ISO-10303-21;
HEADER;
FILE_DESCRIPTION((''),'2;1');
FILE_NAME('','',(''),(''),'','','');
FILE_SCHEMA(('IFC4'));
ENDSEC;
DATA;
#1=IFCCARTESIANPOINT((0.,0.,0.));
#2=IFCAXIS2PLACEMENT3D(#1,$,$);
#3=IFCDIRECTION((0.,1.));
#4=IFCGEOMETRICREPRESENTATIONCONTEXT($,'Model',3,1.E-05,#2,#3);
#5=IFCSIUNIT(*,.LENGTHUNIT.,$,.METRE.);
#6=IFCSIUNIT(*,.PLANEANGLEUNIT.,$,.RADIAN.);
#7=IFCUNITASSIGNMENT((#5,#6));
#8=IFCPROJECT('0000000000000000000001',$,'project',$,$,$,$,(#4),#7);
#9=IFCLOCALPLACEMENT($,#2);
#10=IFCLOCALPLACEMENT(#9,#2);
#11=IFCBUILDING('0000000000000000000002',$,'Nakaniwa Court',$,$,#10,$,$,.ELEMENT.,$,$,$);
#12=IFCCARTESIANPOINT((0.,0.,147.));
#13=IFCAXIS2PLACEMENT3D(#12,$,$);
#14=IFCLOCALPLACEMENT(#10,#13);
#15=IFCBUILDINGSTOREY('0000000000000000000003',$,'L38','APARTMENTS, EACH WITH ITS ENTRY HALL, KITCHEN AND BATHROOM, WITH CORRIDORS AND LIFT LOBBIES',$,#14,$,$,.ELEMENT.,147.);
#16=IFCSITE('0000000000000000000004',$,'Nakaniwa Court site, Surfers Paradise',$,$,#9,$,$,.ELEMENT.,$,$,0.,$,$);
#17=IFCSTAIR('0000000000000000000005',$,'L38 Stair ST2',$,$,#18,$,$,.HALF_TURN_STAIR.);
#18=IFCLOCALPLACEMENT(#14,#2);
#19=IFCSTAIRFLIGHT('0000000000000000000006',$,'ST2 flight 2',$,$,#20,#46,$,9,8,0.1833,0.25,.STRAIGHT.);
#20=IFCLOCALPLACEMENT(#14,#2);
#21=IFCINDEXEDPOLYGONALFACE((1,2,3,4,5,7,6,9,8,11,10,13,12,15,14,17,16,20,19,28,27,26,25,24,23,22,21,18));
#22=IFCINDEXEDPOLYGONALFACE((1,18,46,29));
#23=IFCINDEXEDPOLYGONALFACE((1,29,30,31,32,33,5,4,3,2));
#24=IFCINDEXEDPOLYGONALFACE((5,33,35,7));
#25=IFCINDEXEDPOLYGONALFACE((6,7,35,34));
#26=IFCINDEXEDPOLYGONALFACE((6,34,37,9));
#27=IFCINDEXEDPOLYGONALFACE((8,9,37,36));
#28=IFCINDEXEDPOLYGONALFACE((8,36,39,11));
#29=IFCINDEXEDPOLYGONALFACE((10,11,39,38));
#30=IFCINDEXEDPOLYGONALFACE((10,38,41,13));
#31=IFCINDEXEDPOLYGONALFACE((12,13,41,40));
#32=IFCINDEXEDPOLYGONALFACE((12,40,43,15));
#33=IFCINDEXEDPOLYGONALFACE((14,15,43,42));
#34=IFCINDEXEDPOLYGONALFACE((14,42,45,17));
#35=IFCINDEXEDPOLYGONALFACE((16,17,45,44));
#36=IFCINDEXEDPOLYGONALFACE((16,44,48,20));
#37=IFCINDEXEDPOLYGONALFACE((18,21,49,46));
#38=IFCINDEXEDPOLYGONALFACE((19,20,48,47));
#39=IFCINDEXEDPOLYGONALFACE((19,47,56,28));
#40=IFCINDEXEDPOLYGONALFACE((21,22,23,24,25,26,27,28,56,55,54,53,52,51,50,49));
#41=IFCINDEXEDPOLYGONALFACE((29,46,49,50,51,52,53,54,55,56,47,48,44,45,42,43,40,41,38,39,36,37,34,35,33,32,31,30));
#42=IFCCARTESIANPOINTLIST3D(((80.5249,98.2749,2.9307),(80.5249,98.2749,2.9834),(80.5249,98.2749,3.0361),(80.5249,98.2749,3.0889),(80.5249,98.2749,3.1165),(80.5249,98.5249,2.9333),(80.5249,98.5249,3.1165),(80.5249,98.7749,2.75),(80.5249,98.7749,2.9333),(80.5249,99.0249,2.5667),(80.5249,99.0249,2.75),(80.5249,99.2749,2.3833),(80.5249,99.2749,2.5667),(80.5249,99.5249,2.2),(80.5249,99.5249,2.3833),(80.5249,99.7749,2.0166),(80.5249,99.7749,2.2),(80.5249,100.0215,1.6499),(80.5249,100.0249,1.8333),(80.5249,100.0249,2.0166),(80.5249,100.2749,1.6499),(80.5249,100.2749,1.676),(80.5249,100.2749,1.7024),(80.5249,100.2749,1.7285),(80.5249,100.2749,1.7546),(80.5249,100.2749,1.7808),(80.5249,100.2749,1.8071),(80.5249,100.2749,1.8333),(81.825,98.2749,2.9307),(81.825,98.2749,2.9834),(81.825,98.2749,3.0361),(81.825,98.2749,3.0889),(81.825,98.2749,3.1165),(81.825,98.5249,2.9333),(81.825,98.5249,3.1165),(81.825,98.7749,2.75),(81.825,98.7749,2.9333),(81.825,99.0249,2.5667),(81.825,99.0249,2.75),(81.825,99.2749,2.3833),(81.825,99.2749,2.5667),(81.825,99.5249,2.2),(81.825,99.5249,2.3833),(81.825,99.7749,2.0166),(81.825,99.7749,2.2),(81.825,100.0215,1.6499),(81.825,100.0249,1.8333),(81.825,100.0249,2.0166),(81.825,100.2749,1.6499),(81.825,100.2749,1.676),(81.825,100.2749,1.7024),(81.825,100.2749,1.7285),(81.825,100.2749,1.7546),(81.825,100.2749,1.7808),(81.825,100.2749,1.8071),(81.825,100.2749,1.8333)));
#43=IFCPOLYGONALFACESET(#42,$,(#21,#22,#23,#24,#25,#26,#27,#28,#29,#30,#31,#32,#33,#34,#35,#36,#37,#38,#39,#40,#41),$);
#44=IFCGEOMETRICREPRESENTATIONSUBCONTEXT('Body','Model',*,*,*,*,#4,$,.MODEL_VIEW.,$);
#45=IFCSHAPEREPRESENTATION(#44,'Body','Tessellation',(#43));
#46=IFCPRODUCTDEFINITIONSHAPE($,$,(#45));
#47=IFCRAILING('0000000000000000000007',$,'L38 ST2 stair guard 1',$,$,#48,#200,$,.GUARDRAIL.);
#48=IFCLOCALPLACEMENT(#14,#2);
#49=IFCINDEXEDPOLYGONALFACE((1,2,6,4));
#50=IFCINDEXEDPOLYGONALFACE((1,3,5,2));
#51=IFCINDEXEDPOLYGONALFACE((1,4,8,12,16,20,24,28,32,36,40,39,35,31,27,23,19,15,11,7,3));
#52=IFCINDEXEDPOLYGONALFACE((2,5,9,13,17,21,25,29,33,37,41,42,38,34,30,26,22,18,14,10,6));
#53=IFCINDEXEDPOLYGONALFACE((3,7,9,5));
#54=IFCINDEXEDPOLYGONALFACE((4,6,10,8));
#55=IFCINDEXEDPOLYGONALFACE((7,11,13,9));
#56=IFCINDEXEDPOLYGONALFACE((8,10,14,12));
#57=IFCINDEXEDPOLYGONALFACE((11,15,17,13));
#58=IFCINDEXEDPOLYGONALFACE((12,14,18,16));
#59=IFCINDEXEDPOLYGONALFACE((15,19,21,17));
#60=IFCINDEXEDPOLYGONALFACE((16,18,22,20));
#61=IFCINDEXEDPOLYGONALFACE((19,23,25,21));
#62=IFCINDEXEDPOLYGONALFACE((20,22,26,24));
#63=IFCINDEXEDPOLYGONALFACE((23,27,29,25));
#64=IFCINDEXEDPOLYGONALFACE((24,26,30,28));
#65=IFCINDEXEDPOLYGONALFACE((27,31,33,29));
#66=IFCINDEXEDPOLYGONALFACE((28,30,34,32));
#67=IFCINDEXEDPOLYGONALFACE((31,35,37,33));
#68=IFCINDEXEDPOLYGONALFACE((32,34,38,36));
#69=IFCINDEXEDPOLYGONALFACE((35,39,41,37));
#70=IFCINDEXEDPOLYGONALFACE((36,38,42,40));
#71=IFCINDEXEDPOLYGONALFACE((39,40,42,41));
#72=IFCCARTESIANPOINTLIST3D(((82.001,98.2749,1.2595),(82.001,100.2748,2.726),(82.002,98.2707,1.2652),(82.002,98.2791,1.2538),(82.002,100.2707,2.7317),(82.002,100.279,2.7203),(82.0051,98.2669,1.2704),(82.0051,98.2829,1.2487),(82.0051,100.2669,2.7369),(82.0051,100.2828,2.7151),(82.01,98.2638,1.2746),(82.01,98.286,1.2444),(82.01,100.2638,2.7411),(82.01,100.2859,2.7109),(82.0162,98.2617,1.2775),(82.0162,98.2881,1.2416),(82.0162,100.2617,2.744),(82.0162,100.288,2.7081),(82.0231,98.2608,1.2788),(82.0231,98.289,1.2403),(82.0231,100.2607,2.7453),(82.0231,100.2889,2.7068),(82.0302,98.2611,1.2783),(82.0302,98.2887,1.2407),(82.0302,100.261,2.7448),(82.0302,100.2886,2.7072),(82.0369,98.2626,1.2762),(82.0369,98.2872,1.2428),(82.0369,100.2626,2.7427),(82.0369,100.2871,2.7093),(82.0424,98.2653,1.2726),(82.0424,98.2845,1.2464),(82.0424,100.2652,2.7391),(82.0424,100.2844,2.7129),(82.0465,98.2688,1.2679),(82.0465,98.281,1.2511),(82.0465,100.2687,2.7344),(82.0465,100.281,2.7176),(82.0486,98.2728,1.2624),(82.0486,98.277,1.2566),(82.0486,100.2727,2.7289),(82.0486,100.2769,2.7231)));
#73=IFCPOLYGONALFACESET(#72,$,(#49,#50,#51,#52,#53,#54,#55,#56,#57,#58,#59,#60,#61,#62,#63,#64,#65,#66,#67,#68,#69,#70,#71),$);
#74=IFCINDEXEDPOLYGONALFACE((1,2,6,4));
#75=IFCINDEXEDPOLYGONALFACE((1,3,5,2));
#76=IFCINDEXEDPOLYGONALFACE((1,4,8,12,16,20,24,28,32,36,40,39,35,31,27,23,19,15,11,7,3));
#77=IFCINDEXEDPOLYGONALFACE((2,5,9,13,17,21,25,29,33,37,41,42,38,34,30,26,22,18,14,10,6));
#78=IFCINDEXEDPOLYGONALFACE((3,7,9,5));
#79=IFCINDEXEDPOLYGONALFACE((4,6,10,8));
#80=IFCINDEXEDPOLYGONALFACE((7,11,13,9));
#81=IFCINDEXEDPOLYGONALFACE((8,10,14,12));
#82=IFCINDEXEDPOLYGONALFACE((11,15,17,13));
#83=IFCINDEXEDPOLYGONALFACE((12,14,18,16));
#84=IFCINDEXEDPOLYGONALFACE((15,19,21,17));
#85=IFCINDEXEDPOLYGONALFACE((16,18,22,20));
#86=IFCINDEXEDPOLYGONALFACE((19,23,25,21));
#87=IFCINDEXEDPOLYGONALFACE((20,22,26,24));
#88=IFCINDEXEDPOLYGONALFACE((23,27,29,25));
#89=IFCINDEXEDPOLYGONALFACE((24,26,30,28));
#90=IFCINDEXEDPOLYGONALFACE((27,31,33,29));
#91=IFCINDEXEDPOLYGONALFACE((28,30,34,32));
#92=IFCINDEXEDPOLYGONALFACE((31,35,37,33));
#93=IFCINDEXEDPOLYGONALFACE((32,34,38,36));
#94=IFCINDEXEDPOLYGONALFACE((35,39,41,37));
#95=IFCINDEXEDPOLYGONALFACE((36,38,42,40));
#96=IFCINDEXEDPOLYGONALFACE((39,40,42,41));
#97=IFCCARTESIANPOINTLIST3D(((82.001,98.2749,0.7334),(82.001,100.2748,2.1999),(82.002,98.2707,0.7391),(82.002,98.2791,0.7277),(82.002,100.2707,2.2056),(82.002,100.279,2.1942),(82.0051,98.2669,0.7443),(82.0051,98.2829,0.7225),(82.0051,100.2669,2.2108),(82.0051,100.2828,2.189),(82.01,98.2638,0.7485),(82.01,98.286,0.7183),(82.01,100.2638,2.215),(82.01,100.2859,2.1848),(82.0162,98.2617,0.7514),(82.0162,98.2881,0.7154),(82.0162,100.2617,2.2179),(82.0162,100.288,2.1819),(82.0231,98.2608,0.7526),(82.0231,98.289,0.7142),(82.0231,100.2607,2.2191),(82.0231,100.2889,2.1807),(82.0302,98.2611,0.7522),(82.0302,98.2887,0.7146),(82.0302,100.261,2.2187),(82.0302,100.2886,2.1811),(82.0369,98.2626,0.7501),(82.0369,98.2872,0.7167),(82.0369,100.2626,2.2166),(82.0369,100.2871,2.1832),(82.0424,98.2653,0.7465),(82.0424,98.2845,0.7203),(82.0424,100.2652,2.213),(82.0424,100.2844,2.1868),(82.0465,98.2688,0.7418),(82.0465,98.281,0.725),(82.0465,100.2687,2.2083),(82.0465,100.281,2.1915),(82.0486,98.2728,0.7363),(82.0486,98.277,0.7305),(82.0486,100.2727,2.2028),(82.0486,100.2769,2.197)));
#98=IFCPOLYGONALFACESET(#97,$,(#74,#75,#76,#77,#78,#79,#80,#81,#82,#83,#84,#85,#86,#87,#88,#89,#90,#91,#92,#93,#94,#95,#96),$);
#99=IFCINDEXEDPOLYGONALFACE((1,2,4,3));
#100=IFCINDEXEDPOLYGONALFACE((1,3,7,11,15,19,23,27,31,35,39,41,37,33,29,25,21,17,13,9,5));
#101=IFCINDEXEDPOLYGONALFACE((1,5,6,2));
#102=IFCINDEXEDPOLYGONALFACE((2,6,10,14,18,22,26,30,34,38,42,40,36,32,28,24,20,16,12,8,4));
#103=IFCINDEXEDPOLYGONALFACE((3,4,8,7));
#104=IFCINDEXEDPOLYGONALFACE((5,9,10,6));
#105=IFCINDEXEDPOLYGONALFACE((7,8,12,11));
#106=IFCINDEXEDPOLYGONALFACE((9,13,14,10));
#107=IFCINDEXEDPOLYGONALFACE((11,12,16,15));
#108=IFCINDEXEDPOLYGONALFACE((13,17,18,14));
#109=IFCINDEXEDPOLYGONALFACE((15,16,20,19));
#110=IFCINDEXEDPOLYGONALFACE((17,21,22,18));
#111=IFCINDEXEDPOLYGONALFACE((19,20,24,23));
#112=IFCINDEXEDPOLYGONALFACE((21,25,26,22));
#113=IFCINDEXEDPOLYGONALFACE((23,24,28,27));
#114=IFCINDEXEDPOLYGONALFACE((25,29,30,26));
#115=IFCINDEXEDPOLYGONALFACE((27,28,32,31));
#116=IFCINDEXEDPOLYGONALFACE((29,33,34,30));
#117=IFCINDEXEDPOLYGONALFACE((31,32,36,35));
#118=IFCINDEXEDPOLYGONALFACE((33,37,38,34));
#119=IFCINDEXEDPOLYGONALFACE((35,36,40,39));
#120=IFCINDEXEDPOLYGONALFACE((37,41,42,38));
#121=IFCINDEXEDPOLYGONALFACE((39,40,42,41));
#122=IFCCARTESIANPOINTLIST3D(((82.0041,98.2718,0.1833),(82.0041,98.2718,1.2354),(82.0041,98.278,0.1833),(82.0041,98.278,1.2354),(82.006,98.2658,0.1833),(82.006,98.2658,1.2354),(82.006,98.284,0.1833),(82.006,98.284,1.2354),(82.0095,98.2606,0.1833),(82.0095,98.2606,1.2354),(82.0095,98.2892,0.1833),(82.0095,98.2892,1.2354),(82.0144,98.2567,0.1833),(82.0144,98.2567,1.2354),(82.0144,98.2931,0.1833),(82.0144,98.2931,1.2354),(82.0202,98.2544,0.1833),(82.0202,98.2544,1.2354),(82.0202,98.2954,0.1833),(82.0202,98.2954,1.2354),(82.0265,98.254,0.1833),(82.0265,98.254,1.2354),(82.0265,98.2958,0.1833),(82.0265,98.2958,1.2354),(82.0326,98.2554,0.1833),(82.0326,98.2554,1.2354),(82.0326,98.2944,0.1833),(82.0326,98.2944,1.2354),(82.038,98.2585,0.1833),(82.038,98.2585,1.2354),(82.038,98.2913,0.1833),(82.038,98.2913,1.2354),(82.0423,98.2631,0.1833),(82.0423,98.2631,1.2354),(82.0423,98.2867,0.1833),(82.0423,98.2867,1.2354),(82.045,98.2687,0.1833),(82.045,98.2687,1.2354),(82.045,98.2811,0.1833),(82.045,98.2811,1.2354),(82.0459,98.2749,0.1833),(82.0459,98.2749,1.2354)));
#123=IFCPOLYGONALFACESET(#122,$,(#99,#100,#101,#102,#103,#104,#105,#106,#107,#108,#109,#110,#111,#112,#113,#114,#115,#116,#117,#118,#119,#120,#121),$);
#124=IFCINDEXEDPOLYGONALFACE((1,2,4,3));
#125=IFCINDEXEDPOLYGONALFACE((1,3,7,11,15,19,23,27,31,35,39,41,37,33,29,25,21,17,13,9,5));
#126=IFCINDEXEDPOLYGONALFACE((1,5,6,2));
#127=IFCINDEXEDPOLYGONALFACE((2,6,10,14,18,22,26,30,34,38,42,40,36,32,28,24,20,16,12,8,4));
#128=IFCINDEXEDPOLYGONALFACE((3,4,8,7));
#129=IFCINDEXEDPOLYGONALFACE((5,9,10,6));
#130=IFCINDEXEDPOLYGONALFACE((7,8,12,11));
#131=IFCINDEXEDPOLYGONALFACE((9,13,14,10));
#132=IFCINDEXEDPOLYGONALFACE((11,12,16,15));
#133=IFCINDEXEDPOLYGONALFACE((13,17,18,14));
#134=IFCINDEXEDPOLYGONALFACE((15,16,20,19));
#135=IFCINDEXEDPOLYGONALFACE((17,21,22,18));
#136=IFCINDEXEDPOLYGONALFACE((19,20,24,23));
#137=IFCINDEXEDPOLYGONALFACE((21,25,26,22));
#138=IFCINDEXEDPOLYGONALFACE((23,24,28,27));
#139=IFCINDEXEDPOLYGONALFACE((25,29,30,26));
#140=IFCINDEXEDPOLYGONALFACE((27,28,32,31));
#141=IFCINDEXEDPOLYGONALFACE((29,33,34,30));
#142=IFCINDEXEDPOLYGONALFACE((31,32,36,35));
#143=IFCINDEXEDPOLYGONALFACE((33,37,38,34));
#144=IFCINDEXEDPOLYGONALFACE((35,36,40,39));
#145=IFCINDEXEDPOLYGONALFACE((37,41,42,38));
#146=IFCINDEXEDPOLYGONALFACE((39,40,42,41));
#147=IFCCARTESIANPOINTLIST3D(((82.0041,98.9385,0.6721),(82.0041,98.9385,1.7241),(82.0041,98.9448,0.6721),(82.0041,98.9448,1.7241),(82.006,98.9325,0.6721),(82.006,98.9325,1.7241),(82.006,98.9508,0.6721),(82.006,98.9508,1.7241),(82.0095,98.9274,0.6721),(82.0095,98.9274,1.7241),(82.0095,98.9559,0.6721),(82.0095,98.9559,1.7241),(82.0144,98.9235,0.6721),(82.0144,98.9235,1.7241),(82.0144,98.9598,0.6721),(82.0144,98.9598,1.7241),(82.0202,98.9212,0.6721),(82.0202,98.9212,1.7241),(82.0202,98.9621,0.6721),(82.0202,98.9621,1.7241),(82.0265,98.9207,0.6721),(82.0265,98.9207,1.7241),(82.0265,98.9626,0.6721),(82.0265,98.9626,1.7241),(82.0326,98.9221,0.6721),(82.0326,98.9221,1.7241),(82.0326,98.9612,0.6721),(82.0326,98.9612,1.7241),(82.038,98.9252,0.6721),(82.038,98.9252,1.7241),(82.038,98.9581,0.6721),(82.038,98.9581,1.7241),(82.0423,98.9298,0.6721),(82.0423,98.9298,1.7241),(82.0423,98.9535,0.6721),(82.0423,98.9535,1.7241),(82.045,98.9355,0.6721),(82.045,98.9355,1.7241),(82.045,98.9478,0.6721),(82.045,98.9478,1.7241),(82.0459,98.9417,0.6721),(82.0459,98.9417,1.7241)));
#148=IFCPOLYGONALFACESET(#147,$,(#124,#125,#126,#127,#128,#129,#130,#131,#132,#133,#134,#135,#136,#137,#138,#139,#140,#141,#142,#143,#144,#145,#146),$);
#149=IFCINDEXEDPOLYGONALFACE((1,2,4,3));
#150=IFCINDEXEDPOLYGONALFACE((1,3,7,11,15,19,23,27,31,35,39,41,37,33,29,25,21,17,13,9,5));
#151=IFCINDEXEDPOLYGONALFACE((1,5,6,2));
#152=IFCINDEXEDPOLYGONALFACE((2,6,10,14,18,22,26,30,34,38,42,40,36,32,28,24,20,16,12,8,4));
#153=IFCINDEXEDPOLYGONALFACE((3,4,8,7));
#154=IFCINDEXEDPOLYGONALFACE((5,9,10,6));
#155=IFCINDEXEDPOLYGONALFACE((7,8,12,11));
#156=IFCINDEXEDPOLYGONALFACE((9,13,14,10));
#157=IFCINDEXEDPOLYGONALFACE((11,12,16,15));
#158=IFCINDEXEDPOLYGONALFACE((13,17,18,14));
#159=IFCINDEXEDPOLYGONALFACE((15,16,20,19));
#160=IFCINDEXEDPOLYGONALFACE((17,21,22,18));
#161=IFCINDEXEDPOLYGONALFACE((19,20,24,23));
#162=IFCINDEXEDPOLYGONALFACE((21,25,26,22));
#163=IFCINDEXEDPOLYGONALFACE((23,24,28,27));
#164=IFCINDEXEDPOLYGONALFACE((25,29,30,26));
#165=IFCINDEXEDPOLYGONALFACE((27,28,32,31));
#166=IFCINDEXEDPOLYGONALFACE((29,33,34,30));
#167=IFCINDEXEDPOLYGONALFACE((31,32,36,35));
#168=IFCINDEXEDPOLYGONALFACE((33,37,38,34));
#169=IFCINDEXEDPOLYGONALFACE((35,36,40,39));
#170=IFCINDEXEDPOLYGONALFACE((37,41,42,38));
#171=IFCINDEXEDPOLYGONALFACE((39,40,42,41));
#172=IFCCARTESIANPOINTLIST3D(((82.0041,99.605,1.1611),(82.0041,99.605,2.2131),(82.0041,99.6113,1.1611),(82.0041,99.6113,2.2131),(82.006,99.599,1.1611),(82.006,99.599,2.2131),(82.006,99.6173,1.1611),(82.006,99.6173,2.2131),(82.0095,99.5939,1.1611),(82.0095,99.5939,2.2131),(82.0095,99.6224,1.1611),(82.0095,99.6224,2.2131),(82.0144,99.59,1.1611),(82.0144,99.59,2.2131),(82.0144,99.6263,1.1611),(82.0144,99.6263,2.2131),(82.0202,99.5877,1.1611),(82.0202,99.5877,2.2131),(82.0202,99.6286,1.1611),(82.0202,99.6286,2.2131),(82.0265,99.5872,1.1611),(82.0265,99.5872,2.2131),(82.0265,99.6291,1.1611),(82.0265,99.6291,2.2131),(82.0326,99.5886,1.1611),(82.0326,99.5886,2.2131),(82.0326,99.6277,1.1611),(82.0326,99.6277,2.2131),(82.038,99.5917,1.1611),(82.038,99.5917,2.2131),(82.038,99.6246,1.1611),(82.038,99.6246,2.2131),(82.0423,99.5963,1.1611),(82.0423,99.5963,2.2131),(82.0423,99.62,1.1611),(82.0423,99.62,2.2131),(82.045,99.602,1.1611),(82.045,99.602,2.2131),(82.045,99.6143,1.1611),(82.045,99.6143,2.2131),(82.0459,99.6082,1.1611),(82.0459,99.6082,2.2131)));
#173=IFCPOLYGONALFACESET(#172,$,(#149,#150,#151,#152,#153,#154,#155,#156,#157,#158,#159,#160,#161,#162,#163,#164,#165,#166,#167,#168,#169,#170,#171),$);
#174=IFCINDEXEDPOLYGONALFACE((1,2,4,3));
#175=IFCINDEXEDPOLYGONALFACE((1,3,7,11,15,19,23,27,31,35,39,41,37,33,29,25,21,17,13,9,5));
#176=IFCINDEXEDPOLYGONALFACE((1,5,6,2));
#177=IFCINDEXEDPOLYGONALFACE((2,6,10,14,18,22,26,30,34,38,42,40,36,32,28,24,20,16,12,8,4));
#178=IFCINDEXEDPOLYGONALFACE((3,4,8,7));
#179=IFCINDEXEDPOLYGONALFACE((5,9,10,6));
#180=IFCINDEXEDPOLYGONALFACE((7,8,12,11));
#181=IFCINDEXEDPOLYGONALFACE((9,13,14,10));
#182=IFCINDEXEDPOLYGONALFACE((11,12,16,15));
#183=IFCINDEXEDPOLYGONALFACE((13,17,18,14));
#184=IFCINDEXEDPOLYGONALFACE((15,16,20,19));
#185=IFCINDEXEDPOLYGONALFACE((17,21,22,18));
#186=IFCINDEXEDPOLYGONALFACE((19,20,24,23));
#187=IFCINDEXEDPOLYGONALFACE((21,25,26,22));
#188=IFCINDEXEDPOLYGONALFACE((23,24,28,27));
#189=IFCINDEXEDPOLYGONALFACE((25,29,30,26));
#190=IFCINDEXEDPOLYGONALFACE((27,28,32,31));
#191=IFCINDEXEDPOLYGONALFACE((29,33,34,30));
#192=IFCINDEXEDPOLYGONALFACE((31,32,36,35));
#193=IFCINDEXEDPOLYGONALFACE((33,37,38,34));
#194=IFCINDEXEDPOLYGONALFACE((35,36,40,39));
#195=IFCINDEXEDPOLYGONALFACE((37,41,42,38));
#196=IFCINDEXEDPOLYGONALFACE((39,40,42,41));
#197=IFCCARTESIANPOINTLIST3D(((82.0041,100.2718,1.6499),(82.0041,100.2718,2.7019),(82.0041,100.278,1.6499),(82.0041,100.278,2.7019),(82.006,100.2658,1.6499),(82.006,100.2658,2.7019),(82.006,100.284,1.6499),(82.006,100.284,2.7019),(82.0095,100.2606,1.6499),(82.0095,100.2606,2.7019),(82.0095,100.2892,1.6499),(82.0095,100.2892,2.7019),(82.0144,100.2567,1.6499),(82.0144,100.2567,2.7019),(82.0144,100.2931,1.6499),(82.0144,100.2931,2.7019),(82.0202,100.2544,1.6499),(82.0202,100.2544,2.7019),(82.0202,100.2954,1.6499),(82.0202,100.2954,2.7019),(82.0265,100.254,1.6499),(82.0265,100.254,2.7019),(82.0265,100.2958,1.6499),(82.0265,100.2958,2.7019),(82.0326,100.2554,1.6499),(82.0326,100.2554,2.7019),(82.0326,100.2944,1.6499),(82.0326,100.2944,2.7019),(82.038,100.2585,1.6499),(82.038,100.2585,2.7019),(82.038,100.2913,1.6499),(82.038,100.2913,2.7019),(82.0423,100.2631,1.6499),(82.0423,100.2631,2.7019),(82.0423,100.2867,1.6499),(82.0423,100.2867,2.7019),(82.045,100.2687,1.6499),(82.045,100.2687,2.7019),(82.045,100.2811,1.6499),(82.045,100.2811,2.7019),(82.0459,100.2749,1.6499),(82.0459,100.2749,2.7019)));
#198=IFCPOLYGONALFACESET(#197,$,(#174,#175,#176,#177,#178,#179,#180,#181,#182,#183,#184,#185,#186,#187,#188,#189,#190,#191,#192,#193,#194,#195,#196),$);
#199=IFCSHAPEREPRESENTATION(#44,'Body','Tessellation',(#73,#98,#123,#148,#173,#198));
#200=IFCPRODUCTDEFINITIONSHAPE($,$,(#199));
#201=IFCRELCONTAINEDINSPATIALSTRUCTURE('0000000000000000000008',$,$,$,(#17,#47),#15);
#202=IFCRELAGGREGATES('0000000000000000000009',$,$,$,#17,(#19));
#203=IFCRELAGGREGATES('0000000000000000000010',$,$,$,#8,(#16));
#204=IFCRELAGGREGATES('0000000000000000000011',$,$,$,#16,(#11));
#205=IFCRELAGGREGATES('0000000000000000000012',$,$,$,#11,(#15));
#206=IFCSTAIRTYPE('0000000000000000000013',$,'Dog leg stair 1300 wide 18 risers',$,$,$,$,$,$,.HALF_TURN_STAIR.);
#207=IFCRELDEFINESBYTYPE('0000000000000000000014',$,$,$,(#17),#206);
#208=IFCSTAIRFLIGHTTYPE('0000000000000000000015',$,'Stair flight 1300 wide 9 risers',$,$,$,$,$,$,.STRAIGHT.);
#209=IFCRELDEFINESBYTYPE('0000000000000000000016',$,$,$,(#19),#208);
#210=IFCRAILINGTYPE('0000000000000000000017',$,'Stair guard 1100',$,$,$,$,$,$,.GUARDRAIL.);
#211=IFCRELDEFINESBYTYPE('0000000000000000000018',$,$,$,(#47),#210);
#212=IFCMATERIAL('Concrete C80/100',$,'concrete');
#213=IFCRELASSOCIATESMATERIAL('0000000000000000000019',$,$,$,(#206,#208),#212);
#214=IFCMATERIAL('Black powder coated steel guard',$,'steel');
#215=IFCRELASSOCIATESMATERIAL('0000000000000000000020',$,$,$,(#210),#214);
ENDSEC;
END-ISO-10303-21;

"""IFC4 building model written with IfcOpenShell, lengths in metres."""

from ifc_helpers import new_model, si_unit, direction, frame, origin, origin_2d, place, context, subcontext, project, spatial, polyline, circle, outline, extrude, material, type_object, element, aggregate, save


model = new_model("IFC4")

# Units and contexts
model_context = context("Model", 3, precision=1e-05, world=origin(), true_north=direction((0.0, 1.0)))
body_context = subcontext(model_context, "Body", "Model", "MODEL_VIEW")
ifc_project = project(units=[si_unit("LENGTHUNIT", "METRE"), si_unit("PLANEANGLEUNIT", "RADIAN")], contexts=[model_context])

# Site, building, storey
site_placement = place(None, origin())
site = spatial("IfcSite", under=ifc_project, at=site_placement, Name="Nakaniwa Court site, Surfers Paradise", CompositionType="ELEMENT", RefElevation=0.0)
building_placement = place(site_placement, origin())
building = spatial("IfcBuilding", under=site, at=building_placement, Name="Nakaniwa Court", CompositionType="ELEMENT")
storey_placement = place(building_placement, frame((0.0, 0.0, 147.0)))
storey = spatial("IfcBuildingStorey", under=building, at=storey_placement, Name="L38", Description="APARTMENTS, EACH WITH ITS ENTRY HALL, KITCHEN AND BATHROOM, WITH CORRIDORS AND LIFT LOBBIES", CompositionType="ELEMENT", Elevation=147.0)

# Shared definitions
ifc_material_1 = material(Name="Concrete C80/100", Category="concrete")

# Stair, stair flight
stair_type = type_object("IfcStairType", Name="Dog leg stair 1300 wide 18 risers", PredefinedType="HALF_TURN_STAIR", material=ifc_material_1)
stair_placement = place(storey_placement, origin())
stair = element("IfcStair", 1, at=stair_placement, inside=storey, type_object=stair_type, Name="L38 Stair ST2", PredefinedType="HALF_TURN_STAIR")
stair_flight_type = type_object("IfcStairFlightType", Name="Stair flight 1300 wide 9 risers", PredefinedType="STRAIGHT", material=ifc_material_1)
stair_flight_1_placement = place(storey_placement, frame((81.175, 100.2749, 1.6499), z_axis=(0.0, 0.0, 1.0), x_axis=(0.0, -1.0, 0.0)))
stair_flight_1 = element("IfcStairFlight", 2, at=stair_flight_1_placement, type_object=stair_flight_type, Name="ST2 flight 2", NumberOfRisers=9, NumberOfTreads=8, PredefinedType="STRAIGHT", RiserHeight=0.1833, TreadLength=0.25, context=body_context, shape_type="SweptSolid", body=[
    extrude(outline(polyline([(0.0, 0.0), (0.0, 0.0261), (0.0, 0.0525), (0.0, 0.0786), (0.0, 0.1047), (0.0, 0.1309), (0.0, 0.1572), (0.0, 0.1833), (0.25, 0.1833), (0.25, 0.3667), (0.5, 0.3667), (0.5, 0.55), (0.75, 0.55), (0.75, 0.7334), (1.0, 0.7334), (1.0, 0.9167), (1.25, 0.9167), (1.25, 1.1001), (1.5, 1.1001), (1.5, 1.2834), (1.75, 1.2834), (1.75, 1.4666), (2.0, 1.4666), (2.0, 1.6499), (2.0, 1.5972), (2.0, 1.5444), (2.0, 1.4917), (2.0, 1.439), (2.0, 1.3862), (2.0, 1.3335), (2.0, 1.2808), (0.2534, 0.0), (0.0, 0.0)])), frame((0.0, 0.6499, 0.0), z_axis=(0.0, -1.0, 0.0), x_axis=(1.0, 0.0, 0.0)), (0.0, 0.0, 1.0), 1.3),
])
aggregate(stair, [stair_flight_1])

# Railing
ifc_material_2 = material(Name="Black powder coated steel guard", Category="steel")
railing_type_1 = type_object("IfcRailingType", Name="Stair guard 1100", PredefinedType="GUARDRAIL", material=ifc_material_2)
railing_1_placement = place(storey_placement, frame((82.0249, 98.2749, 0.1833)))
element("IfcRailing", 3, at=railing_1_placement, inside=storey, type_object=railing_type_1, Name="L38 ST2 stair guard 1", PredefinedType="GUARDRAIL", context=body_context, shape_type="SweptSolid", body=[
    extrude(circle(Radius=0.0239, at=origin_2d()), frame((0.0, 0.0, 1.0762), z_axis=(0.0, 0.806427, 0.591334), x_axis=(-1.0, 0.0, 0.0)), (0.0, 0.0, 1.0), 2.48),
    extrude(circle(Radius=0.0239, at=origin_2d()), frame((0.0, 0.0, 0.55), z_axis=(0.0, 0.806427, 0.591334), x_axis=(-1.0, 0.0, 0.0)), (0.0, 0.0, 1.0), 2.48),
    extrude(circle(Radius=0.021, at=origin_2d()), origin(), (0.0, 0.0, 1.0), 1.052),
    extrude(circle(Radius=0.021, at=origin_2d()), frame((0.0, 0.6667, 0.4888)), (0.0, 0.0, 1.0), 1.052),
    extrude(circle(Radius=0.021, at=origin_2d()), frame((0.0, 1.3333, 0.9778)), (0.0, 0.0, 1.0), 1.052),
    extrude(circle(Radius=0.021, at=origin_2d()), frame((0.0, 2.0, 1.4666)), (0.0, 0.0, 1.0), 1.052),
])

save(model, "model.ifc")
